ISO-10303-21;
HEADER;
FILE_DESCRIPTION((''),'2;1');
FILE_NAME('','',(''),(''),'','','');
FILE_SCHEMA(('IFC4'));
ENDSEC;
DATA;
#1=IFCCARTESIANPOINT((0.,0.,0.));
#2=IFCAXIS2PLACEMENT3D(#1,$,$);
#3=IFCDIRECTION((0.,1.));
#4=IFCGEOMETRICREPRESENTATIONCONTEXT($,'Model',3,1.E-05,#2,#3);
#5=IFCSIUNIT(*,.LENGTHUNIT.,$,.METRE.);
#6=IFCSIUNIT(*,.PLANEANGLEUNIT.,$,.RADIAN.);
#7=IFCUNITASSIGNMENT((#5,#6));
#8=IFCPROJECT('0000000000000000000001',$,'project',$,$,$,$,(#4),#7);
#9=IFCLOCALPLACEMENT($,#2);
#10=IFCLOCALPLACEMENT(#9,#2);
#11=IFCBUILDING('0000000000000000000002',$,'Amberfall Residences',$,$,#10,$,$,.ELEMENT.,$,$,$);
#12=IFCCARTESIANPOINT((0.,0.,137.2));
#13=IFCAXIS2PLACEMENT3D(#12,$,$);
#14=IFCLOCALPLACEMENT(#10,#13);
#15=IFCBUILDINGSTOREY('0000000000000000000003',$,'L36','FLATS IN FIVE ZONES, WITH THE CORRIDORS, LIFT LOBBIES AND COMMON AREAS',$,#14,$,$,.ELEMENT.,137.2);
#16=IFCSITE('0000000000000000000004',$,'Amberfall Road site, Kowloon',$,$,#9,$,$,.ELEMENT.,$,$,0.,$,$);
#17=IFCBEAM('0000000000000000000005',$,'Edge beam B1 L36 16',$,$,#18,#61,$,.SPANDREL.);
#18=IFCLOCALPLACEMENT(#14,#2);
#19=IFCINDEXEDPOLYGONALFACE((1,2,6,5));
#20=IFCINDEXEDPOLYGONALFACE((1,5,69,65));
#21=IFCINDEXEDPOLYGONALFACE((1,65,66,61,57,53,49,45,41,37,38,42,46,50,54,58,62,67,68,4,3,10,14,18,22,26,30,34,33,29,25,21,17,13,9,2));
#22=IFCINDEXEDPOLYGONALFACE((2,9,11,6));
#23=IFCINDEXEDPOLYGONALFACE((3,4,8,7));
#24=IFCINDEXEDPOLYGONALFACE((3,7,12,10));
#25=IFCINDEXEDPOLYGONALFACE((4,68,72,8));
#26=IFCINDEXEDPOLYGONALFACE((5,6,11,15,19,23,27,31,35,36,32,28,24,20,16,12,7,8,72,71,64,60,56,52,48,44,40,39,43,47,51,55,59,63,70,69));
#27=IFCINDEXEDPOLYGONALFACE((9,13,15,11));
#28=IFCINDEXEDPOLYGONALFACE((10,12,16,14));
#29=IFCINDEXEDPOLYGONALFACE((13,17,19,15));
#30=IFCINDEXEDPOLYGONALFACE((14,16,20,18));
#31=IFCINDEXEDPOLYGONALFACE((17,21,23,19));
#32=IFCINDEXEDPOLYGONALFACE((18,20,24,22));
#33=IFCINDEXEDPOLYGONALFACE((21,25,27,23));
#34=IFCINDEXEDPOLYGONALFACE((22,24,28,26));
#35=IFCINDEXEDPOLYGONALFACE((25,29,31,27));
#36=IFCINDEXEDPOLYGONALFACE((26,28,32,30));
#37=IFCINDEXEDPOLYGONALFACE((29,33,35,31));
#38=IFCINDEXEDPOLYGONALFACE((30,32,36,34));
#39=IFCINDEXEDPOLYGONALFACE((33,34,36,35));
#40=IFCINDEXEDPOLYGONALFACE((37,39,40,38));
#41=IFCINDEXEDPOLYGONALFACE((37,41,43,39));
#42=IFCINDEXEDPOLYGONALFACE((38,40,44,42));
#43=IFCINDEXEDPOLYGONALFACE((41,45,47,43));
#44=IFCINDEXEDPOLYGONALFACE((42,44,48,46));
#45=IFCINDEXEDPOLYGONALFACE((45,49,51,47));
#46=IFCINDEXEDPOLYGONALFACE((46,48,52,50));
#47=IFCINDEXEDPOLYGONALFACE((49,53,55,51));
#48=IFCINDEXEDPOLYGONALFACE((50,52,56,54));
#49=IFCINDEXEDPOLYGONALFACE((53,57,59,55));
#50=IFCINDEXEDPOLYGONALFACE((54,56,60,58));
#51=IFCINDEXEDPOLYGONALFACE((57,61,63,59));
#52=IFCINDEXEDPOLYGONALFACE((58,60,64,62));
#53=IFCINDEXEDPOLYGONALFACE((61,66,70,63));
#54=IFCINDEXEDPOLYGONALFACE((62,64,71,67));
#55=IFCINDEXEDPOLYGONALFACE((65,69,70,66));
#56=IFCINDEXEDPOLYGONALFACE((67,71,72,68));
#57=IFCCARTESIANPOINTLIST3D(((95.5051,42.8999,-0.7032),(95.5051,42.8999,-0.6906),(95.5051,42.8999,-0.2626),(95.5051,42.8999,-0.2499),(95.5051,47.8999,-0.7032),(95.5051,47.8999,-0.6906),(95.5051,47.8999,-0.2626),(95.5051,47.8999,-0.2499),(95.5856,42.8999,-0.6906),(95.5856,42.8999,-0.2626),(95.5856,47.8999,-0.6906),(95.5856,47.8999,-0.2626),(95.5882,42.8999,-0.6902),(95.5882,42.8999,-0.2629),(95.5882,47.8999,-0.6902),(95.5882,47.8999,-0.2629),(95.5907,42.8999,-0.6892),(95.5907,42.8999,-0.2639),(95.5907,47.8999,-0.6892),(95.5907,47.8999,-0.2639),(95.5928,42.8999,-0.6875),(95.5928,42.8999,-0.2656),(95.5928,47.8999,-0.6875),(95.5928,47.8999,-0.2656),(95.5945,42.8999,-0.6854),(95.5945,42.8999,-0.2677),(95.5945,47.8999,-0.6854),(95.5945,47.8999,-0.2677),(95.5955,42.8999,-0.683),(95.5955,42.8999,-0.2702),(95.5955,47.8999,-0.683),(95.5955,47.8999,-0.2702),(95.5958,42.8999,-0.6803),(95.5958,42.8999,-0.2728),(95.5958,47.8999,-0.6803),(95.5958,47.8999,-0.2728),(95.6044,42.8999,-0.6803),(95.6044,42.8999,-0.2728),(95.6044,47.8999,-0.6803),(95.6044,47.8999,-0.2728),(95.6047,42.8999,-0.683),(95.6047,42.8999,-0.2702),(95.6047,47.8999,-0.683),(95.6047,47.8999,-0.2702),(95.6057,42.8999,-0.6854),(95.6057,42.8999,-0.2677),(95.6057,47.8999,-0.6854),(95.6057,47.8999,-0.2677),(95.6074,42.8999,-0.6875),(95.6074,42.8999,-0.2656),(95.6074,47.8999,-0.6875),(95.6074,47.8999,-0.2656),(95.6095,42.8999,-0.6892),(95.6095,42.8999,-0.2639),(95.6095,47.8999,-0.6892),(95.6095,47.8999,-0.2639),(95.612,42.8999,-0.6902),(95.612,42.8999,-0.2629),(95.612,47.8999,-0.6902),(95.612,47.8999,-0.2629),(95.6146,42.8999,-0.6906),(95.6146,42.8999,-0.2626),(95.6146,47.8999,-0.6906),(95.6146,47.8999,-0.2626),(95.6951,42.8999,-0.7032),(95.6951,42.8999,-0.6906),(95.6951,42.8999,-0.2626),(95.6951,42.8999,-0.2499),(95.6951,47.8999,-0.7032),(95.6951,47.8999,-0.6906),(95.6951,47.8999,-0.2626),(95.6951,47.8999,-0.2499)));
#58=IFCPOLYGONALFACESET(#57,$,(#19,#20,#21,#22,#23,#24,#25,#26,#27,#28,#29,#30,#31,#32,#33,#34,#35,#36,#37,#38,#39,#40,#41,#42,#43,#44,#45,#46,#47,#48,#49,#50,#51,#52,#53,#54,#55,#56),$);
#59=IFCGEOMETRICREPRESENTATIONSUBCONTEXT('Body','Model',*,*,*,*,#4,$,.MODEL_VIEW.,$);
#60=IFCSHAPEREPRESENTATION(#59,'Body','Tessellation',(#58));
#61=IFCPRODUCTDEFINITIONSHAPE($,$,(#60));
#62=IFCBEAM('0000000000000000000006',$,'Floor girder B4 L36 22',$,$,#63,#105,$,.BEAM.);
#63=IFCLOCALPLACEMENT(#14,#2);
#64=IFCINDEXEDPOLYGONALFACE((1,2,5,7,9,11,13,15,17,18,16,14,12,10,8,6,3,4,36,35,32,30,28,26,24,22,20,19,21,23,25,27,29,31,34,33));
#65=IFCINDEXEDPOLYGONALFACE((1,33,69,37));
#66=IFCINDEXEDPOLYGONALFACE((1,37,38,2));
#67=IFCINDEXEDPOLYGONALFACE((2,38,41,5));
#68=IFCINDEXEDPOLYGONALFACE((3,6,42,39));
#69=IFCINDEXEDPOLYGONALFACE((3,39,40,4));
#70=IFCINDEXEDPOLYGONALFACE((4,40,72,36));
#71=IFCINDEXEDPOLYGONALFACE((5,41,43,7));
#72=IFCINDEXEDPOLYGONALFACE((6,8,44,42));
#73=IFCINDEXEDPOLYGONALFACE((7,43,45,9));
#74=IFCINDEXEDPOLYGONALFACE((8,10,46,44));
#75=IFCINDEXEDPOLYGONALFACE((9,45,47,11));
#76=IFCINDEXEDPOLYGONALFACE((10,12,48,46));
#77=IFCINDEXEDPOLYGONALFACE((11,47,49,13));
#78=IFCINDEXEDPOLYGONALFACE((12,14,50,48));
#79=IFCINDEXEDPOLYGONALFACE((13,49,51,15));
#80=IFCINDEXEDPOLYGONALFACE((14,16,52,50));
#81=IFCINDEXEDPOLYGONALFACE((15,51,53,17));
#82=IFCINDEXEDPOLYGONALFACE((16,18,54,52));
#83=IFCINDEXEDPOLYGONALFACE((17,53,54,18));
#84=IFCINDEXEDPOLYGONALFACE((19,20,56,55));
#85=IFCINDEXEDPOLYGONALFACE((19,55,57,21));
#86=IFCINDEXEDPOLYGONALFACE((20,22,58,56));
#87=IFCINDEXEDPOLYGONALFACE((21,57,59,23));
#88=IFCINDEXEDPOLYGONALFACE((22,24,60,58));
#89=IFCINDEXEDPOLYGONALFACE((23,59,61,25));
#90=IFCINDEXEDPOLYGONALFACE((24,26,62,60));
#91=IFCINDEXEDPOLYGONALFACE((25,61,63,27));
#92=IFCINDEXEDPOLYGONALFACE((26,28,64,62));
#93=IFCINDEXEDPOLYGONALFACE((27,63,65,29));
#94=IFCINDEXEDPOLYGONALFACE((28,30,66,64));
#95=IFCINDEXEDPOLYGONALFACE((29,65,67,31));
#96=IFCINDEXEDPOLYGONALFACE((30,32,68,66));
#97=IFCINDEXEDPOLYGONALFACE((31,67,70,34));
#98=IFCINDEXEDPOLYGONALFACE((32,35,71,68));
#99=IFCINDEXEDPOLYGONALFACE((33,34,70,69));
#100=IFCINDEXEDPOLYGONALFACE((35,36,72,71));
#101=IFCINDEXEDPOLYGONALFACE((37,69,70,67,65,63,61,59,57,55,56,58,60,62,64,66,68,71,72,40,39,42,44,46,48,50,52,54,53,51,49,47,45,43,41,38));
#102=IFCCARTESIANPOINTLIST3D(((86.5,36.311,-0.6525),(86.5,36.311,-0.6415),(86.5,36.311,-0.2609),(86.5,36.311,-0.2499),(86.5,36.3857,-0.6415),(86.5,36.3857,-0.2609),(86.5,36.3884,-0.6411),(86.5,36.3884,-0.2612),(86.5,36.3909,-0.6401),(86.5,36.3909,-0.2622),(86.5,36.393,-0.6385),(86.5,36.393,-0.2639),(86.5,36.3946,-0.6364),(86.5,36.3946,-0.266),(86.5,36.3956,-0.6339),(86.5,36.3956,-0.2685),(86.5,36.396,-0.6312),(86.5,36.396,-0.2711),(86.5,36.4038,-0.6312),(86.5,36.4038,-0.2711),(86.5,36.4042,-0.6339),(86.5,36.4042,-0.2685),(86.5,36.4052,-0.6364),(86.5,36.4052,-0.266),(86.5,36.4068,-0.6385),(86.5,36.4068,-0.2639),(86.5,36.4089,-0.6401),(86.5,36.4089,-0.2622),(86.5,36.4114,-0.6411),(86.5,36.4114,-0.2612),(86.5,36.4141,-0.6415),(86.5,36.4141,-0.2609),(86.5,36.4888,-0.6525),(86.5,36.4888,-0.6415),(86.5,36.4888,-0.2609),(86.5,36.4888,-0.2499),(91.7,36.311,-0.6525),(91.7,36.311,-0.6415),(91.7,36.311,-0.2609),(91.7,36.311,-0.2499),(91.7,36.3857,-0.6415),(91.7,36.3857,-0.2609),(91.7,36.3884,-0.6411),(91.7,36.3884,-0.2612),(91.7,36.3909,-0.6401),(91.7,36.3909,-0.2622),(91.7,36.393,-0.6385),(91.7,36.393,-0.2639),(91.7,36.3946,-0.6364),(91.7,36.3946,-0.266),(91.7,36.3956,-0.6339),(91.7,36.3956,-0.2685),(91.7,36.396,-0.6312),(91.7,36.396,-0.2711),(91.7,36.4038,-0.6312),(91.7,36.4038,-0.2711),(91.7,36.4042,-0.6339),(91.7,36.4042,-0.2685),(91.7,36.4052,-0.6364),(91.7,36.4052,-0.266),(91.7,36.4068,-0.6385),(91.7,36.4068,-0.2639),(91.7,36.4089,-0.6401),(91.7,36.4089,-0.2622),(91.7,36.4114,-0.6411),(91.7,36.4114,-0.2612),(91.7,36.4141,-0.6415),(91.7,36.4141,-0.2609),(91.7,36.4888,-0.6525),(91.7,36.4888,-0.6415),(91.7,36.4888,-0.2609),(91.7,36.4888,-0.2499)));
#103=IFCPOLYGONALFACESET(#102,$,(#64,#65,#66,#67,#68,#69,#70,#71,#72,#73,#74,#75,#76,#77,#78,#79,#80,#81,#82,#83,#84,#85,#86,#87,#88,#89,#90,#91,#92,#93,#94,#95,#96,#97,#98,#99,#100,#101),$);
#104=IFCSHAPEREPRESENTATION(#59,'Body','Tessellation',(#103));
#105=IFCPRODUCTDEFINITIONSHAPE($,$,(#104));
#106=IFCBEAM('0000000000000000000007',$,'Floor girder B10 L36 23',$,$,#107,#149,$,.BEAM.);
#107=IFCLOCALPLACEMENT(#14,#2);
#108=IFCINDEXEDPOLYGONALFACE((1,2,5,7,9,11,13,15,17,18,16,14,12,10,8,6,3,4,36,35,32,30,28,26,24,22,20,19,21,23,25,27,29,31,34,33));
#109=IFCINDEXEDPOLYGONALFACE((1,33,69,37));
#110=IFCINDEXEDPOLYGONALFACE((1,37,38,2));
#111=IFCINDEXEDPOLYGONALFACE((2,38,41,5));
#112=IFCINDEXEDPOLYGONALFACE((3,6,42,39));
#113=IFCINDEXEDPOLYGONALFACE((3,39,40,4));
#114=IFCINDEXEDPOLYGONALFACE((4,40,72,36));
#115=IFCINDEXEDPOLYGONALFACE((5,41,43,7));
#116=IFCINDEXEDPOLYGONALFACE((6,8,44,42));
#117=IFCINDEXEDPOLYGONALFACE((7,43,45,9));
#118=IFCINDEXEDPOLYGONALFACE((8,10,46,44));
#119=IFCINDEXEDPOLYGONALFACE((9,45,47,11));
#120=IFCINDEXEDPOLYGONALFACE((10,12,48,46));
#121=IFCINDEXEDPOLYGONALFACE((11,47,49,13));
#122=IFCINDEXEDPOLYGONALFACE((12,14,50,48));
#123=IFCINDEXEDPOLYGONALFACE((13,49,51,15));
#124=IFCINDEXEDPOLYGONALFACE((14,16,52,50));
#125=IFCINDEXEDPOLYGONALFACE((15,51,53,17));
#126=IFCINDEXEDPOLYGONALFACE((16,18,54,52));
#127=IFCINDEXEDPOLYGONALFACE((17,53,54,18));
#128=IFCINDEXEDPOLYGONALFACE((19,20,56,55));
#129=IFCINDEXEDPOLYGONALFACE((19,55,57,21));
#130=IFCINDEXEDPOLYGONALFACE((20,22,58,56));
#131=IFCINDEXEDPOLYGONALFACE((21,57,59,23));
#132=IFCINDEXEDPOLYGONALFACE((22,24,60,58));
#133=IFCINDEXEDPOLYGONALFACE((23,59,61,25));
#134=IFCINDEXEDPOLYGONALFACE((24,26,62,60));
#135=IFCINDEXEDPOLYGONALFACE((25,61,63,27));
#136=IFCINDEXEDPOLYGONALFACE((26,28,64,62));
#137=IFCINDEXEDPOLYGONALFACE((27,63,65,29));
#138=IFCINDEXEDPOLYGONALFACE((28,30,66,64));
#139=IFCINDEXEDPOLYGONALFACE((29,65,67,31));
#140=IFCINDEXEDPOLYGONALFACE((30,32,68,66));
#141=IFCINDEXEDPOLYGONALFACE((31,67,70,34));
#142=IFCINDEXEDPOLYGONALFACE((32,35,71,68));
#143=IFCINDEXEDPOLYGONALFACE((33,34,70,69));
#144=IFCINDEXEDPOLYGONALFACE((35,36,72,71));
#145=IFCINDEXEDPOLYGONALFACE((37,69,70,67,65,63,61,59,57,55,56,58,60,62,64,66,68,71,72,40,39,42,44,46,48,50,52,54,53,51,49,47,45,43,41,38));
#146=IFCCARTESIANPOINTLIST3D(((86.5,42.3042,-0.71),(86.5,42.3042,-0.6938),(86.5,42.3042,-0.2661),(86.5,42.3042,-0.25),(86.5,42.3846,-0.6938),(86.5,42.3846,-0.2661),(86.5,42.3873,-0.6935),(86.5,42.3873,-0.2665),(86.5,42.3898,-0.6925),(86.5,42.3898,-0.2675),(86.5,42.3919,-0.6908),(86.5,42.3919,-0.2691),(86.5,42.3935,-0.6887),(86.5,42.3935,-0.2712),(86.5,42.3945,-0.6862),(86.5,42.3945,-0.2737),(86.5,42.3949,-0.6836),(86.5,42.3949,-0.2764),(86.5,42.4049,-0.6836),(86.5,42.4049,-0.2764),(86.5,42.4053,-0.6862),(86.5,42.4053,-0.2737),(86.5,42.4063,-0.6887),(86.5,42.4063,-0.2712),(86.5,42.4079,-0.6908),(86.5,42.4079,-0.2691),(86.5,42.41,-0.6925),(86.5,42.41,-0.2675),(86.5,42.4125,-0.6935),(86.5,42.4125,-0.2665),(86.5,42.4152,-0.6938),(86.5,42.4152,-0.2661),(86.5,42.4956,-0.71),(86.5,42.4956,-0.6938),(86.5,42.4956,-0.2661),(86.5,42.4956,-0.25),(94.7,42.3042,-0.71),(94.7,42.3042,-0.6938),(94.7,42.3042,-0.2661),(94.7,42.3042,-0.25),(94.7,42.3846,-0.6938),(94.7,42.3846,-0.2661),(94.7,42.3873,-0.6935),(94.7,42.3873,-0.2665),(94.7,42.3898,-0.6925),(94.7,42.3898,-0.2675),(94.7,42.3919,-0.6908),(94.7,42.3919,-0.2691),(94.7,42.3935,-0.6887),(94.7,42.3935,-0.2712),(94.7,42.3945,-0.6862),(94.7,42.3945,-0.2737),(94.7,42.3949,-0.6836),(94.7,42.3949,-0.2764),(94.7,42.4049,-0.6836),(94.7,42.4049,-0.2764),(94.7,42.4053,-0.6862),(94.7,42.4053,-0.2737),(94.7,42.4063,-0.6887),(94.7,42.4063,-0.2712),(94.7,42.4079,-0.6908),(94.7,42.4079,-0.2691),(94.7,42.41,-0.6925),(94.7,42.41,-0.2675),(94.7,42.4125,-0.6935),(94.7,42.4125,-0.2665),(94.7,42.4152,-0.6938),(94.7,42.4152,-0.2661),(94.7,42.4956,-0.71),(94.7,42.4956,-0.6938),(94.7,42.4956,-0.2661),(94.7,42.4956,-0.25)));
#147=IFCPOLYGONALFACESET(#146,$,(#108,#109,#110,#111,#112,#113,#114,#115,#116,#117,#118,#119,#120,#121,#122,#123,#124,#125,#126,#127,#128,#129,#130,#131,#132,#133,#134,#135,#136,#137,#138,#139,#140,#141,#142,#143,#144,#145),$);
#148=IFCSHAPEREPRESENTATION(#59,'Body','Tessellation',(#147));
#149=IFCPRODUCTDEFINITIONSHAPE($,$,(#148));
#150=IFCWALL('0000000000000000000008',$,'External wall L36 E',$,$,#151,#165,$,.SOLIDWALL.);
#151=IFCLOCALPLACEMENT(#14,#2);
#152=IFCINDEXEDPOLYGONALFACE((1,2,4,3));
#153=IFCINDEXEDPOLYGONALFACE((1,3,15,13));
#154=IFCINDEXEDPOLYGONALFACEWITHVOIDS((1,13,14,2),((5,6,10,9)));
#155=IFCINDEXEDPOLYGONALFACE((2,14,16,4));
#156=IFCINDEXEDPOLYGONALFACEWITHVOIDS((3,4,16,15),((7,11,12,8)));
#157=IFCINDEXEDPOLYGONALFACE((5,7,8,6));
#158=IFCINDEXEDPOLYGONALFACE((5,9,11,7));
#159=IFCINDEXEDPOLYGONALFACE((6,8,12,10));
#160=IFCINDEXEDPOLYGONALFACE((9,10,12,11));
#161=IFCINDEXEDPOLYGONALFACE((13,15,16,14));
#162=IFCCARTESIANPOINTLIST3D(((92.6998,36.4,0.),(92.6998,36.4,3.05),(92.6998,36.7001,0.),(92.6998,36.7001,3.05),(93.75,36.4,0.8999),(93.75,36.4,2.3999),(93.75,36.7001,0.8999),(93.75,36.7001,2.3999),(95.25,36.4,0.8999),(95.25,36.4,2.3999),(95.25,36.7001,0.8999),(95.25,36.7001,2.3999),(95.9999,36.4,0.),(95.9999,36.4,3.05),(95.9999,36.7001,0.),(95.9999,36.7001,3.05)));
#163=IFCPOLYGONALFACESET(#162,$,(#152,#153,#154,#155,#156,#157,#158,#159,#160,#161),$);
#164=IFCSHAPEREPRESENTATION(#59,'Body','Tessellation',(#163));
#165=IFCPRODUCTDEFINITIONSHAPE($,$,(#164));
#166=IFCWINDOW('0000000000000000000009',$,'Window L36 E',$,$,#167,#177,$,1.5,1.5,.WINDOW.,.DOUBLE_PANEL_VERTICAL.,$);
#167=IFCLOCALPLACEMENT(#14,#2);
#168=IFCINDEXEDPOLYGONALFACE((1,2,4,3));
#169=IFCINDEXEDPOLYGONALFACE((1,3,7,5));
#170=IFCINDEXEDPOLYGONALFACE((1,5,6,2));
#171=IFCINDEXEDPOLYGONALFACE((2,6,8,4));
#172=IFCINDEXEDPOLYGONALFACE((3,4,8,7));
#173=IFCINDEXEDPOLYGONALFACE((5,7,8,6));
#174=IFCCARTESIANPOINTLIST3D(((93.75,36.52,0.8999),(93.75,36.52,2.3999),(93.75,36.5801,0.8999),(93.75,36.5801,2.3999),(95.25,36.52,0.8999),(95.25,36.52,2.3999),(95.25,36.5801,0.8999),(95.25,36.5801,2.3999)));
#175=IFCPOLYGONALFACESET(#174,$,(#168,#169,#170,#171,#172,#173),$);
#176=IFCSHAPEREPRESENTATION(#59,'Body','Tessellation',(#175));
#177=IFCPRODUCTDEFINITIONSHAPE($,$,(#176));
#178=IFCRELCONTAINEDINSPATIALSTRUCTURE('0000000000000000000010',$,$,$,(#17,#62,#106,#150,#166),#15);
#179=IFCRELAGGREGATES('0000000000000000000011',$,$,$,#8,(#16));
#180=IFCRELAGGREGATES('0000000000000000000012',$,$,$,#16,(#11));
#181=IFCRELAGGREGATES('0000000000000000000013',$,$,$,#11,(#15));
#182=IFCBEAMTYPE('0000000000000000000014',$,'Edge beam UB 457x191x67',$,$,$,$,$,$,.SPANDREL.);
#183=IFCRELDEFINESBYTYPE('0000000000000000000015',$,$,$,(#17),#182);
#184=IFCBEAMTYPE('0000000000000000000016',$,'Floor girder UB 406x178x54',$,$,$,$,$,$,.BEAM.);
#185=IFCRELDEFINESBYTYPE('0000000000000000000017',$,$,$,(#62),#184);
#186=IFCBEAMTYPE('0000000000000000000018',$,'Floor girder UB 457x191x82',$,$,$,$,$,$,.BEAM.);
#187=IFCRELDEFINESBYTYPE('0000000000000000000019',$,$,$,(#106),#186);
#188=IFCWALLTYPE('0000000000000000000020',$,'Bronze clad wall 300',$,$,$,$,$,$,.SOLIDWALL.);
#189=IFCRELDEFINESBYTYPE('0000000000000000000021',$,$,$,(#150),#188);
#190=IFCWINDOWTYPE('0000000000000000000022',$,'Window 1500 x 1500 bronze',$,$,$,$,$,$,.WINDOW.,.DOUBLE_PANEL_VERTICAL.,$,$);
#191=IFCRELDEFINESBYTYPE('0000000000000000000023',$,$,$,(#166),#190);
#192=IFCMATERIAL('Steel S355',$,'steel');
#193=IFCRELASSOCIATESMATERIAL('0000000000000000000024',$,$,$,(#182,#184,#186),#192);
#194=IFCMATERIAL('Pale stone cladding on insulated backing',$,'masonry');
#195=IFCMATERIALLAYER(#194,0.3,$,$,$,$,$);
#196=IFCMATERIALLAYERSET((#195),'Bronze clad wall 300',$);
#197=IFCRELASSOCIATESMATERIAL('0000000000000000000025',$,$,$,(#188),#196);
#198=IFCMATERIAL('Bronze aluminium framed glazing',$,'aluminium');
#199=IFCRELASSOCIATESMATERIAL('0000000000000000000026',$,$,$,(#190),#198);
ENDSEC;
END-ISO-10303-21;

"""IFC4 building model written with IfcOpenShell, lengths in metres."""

from ifc_helpers import new_model, si_unit, direction, frame, frame_2d, origin, origin_2d, place, context, subcontext, project, spatial, rectangle, i_section, extrude, material, layer, layer_set, material_profile, profile_set, type_object, element, fill, save


model = new_model("IFC4")

# Units and contexts
model_context = context("Model", 3, precision=1e-05, world=origin(), true_north=direction((0.0, 1.0)))
body_context = subcontext(model_context, "Body", "Model", "MODEL_VIEW")
ifc_project = project(units=[si_unit("LENGTHUNIT", "METRE"), si_unit("PLANEANGLEUNIT", "RADIAN")], contexts=[model_context])

# Site, building, storey
site_placement = place(None, origin())
site = spatial("IfcSite", under=ifc_project, at=site_placement, Name="Amberfall Road site, Kowloon", CompositionType="ELEMENT", RefElevation=0.0)
building_placement = place(site_placement, origin())
building = spatial("IfcBuilding", under=site, at=building_placement, Name="Amberfall Residences", CompositionType="ELEMENT")
storey_placement = place(building_placement, frame((0.0, 0.0, 137.2)))
storey = spatial("IfcBuildingStorey", under=building, at=storey_placement, Name="L36", Description="FLATS IN FIVE ZONES, WITH THE CORRIDORS, LIFT LOBBIES AND COMMON AREAS", CompositionType="ELEMENT", Elevation=137.2)

# Beams
ifc_material_1 = material(Name="Steel S355", Category="steel")
ifc_material_profile_1 = material_profile(ifc_material_1, i_section(OverallWidth=0.1899, OverallDepth=0.4534, WebThickness=0.0085, FlangeThickness=0.0127, FilletRadius=0.0103, at=origin_2d()), Name="UB 457x191x67")
ifc_profile_set_1 = profile_set([ifc_material_profile_1], Name="Steel S355")
beam_type_1 = type_object("IfcBeamType", Name="Edge beam UB 457x191x67", PredefinedType="SPANDREL", material=ifc_profile_set_1)
beam_1_placement = place(storey_placement, frame((95.6001, 42.8999, -0.4766), z_axis=(0.0, 1.0, 0.0), x_axis=(-1.0, 0.0, 0.0)))
element("IfcBeam", 1, at=beam_1_placement, inside=storey, type_object=beam_type_1, Name="Edge beam B1 L36 16", PredefinedType="SPANDREL", context=body_context, shape_type="SweptSolid", body=[
    extrude(i_section(OverallWidth=0.1899, OverallDepth=0.4534, WebThickness=0.0085, FlangeThickness=0.0127, FilletRadius=0.0103, at=origin_2d()), origin(), (0.0, 0.0, 1.0), 5.0),
])
ifc_material_profile_2 = material_profile(ifc_material_1, i_section(OverallWidth=0.1777, OverallDepth=0.4026, WebThickness=0.0078, FlangeThickness=0.011, FilletRadius=0.0103, at=origin_2d()), Name="UB 406x178x54")
ifc_profile_set_2 = profile_set([ifc_material_profile_2], Name="Steel S355")
beam_type_2 = type_object("IfcBeamType", Name="Floor girder UB 406x178x54", PredefinedType="BEAM", material=ifc_profile_set_2)
beam_2_placement = place(storey_placement, frame((91.7, 36.3999, -0.4512), z_axis=(-1.0, 0.0, 0.0), x_axis=(0.0, -1.0, 0.0)))
element("IfcBeam", 2, at=beam_2_placement, inside=storey, type_object=beam_type_2, Name="Floor girder B4 L36 22", PredefinedType="BEAM", context=body_context, shape_type="SweptSolid", body=[
    extrude(i_section(OverallWidth=0.1777, OverallDepth=0.4026, WebThickness=0.0078, FlangeThickness=0.011, FilletRadius=0.0103, at=origin_2d()), origin(), (0.0, 0.0, 1.0), 5.2),
])
ifc_material_profile_3 = material_profile(ifc_material_1, i_section(OverallWidth=0.1914, OverallDepth=0.46, WebThickness=0.01, FlangeThickness=0.0161, FilletRadius=0.0103, at=origin_2d()), Name="UB 457x191x82")
ifc_profile_set_3 = profile_set([ifc_material_profile_3], Name="Steel S355")
beam_type_3 = type_object("IfcBeamType", Name="Floor girder UB 457x191x82", PredefinedType="BEAM", material=ifc_profile_set_3)
beam_3_placement = place(storey_placement, frame((94.7, 42.3999, -0.48), z_axis=(-1.0, 0.0, 0.0), x_axis=(0.0, -1.0, 0.0)))
element("IfcBeam", 3, at=beam_3_placement, inside=storey, type_object=beam_type_3, Name="Floor girder B10 L36 23", PredefinedType="BEAM", context=body_context, shape_type="SweptSolid", body=[
    extrude(i_section(OverallWidth=0.1914, OverallDepth=0.46, WebThickness=0.01, FlangeThickness=0.0161, FilletRadius=0.0103, at=origin_2d()), origin(), (0.0, 0.0, 1.0), 8.2),
])

# Wall, opening, window
ifc_material_2 = material(Name="Pale stone cladding on insulated backing", Category="masonry")
ifc_layer_1 = layer(ifc_material_2, 0.3)
ifc_layer_set_1 = layer_set([ifc_layer_1], Name="Bronze clad wall 300")
wall_type_1 = type_object("IfcWallType", Name="Bronze clad wall 300", PredefinedType="SOLIDWALL", material=ifc_layer_set_1)
wall_1_placement = place(storey_placement, frame((92.7, 36.55, 0.0), z_axis=(0.0, 0.0, 1.0), x_axis=(1.0, 0.0, 0.0)))
wall_1 = element("IfcWall", 4, at=wall_1_placement, inside=storey, type_object=wall_type_1, Name="External wall L36 E", PredefinedType="SOLIDWALL", context=body_context, shape_type="SweptSolid", body=[
    extrude(rectangle(XDim=3.3, YDim=0.3, at=frame_2d((1.6499, 0.0))), origin(), (0.0, 0.0, 1.0), 3.05),
])
opening_1_placement = place(wall_1_placement, frame((1.05, 0.0, 0.8999)))
opening_1 = element("IfcOpeningElement", 5, at=opening_1_placement, cuts=wall_1, PredefinedType="OPENING", context=body_context, shape_type="SweptSolid", body=[
    extrude(rectangle(XDim=1.5, YDim=1.5, at=frame_2d((0.75, 0.75))), frame((0.0, 0.1599, 0.0), z_axis=(0.0, -1.0, 0.0), x_axis=(1.0, 0.0, 0.0)), (0.0, 0.0, 1.0), 0.3201),
])
ifc_material_3 = material(Name="Bronze aluminium framed glazing", Category="aluminium")
window_type_1 = type_object("IfcWindowType", Name="Window 1500 x 1500 bronze", PartitioningType="DOUBLE_PANEL_VERTICAL", PredefinedType="WINDOW", material=ifc_material_3)
window_1_placement = place(opening_1_placement, origin())
window_1 = element("IfcWindow", 6, at=window_1_placement, inside=storey, type_object=window_type_1, Name="Window L36 E", OverallHeight=1.5, OverallWidth=1.5, PartitioningType="DOUBLE_PANEL_VERTICAL", PredefinedType="WINDOW", context=body_context, shape_type="SweptSolid", body=[
    extrude(rectangle(XDim=1.5, YDim=1.5, at=frame_2d((0.75, 0.75))), frame((0.0, 0.03, 0.0), z_axis=(0.0, -1.0, 0.0), x_axis=(1.0, 0.0, 0.0)), (0.0, 0.0, 1.0), 0.0601),
])
fill(opening_1, window_1)

save(model, "model.ifc")
